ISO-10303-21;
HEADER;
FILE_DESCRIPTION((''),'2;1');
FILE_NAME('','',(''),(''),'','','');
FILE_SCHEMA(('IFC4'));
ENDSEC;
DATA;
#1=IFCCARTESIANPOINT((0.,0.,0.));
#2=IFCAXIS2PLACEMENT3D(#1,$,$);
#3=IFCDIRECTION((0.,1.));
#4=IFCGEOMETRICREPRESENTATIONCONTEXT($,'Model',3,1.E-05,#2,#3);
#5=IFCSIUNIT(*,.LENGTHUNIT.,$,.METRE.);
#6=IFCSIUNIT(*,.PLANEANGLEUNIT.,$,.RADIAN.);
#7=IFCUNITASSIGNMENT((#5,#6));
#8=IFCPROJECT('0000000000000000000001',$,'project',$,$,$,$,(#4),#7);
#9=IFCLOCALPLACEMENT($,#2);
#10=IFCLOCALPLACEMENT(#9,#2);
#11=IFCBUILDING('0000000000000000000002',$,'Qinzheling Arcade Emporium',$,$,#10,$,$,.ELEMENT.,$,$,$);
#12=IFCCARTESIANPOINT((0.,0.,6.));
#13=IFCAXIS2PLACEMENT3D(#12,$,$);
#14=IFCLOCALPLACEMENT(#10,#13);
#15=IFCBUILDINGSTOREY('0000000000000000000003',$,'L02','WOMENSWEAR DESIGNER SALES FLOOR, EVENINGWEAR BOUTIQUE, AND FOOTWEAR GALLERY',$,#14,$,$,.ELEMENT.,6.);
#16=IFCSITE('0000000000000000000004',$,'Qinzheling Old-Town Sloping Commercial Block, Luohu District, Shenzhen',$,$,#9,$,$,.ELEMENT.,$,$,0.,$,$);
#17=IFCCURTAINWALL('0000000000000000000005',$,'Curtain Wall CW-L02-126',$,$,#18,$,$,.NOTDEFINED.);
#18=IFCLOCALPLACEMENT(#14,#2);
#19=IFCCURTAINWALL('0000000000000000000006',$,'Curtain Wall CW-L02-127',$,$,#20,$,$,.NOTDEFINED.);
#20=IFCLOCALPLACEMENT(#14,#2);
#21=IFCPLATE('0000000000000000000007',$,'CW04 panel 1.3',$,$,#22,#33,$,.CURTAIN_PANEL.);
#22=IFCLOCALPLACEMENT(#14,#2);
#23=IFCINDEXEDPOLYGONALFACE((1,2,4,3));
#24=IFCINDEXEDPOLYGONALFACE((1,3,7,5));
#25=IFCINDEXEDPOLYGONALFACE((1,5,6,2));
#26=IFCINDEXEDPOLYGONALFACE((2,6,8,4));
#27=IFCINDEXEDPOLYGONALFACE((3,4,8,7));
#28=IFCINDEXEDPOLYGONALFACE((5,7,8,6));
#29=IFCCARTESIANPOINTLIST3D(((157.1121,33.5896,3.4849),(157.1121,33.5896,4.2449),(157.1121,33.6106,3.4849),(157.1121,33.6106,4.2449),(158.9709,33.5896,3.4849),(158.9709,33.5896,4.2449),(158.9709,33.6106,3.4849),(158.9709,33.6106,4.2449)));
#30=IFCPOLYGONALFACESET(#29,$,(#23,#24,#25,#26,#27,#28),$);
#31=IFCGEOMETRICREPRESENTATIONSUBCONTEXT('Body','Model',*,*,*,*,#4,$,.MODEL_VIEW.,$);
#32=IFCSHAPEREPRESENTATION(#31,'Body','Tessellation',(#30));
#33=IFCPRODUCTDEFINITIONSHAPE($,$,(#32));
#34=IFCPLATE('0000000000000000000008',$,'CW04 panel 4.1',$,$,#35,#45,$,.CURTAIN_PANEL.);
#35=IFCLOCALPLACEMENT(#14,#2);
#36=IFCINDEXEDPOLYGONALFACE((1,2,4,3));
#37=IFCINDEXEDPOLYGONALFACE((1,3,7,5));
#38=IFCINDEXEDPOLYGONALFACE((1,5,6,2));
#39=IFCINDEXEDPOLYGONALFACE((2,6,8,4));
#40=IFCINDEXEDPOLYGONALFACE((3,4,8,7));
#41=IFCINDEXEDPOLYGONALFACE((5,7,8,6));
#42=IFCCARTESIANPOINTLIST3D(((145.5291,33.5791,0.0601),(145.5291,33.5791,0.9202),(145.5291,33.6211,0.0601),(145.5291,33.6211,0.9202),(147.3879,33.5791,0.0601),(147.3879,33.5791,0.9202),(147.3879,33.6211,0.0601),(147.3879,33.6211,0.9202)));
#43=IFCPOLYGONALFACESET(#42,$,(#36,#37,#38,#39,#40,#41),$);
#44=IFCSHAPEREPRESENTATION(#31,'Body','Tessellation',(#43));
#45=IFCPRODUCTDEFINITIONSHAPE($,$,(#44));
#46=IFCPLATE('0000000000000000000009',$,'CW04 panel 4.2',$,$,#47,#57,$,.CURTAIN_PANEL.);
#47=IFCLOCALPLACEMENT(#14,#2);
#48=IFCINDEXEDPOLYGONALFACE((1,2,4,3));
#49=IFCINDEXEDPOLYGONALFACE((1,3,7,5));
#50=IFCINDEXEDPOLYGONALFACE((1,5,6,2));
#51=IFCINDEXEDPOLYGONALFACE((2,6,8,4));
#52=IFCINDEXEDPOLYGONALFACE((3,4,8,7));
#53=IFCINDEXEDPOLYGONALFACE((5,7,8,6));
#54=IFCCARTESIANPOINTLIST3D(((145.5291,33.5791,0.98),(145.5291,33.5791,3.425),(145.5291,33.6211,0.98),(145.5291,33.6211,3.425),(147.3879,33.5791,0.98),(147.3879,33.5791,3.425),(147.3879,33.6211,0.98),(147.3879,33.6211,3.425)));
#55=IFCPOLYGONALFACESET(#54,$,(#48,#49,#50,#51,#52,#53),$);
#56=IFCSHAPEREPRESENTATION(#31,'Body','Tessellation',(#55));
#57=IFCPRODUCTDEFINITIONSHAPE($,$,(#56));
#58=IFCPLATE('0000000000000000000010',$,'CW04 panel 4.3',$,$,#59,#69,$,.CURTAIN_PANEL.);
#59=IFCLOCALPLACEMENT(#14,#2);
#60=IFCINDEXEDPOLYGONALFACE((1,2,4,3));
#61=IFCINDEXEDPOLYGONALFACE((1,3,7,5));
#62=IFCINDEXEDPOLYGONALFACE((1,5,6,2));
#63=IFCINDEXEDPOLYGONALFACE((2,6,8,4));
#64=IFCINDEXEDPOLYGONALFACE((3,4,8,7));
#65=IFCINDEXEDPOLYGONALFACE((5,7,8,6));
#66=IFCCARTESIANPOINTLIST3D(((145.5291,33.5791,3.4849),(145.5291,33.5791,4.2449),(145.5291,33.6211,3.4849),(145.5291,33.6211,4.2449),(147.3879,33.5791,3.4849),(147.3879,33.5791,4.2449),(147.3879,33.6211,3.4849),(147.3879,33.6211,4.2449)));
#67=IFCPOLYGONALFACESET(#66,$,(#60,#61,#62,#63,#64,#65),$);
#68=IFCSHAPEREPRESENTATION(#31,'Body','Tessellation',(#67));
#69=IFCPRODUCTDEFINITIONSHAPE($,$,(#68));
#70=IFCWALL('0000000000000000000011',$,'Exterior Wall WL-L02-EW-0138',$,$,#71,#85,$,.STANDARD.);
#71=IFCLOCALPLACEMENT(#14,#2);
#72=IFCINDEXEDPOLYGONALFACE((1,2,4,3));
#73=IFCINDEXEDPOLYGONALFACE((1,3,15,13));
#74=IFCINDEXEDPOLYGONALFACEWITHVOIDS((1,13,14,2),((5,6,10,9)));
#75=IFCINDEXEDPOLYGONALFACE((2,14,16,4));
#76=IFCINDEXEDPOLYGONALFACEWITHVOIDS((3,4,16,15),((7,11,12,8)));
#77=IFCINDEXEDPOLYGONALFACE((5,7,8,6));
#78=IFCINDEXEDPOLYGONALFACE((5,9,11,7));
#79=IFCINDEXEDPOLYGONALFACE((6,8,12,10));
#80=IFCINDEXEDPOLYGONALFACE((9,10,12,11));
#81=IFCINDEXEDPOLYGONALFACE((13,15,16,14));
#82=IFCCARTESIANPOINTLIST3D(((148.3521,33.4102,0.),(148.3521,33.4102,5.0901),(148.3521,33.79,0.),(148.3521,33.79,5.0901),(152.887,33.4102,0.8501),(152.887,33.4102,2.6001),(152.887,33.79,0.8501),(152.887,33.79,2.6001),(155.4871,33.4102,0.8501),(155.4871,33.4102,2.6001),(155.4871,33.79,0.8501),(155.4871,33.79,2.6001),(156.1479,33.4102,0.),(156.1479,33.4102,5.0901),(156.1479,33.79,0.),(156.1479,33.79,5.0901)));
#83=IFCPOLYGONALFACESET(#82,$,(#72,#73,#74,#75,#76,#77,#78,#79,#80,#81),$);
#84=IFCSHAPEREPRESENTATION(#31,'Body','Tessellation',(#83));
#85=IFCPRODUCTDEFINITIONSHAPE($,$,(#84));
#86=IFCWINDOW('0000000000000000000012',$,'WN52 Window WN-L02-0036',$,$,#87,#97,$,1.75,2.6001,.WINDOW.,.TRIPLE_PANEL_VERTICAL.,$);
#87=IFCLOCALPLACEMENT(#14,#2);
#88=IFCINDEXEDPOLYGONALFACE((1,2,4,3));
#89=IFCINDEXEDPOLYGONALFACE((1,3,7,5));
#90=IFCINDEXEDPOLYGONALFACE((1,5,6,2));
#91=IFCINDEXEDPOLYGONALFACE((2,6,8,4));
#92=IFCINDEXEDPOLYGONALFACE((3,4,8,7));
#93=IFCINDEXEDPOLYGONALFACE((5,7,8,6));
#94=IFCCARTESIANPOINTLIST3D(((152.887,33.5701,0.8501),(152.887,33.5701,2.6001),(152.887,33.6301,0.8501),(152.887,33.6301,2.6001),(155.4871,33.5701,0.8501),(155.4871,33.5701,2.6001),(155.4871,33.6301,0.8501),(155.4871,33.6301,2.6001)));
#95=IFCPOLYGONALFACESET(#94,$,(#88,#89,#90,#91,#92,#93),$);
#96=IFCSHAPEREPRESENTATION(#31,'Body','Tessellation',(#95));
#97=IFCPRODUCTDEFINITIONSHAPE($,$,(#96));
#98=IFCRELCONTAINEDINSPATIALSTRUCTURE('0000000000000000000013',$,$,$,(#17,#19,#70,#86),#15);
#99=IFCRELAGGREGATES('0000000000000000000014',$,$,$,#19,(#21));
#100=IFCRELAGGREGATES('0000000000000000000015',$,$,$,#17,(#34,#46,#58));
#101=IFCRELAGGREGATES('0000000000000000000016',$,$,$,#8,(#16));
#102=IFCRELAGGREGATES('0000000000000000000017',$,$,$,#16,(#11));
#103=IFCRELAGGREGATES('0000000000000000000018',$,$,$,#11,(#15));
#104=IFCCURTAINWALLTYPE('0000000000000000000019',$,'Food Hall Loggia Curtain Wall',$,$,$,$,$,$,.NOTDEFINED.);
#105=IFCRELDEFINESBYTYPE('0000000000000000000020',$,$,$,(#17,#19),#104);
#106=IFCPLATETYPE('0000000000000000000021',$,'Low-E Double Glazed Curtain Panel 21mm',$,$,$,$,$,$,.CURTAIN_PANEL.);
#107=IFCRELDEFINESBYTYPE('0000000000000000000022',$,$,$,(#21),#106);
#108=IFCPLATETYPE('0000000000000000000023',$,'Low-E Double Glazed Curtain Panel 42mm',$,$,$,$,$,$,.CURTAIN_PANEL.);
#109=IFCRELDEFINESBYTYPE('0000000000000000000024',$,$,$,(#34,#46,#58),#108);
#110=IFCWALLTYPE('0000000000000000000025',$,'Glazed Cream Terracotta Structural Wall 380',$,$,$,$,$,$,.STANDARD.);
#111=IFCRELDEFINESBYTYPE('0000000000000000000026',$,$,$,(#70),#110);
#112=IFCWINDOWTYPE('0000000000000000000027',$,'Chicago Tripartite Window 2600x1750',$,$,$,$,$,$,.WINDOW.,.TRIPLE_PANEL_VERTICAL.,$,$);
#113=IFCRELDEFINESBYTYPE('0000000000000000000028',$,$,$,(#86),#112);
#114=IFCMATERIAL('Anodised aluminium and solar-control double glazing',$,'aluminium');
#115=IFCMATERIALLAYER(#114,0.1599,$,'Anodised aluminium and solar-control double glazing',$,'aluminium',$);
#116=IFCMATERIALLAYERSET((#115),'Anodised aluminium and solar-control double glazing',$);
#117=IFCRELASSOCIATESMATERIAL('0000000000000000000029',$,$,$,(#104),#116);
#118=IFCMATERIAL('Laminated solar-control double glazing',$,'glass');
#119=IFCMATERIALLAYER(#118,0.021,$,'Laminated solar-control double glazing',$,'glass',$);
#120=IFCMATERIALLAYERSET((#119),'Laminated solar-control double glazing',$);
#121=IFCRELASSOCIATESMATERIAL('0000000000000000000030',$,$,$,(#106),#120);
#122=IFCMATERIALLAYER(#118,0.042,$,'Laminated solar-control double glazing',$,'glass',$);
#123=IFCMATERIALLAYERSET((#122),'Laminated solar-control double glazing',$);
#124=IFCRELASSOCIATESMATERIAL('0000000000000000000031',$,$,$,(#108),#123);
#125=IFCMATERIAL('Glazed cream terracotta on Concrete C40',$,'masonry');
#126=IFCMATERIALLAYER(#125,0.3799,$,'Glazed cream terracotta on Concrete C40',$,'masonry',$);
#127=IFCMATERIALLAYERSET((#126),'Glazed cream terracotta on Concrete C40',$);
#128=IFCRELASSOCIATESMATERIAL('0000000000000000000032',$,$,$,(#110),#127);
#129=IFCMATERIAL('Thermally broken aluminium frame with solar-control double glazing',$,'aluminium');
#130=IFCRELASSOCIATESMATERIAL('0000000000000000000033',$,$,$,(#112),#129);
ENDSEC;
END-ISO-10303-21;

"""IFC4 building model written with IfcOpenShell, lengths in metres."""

from ifc_helpers import new_model, si_unit, direction, frame, frame_2d, origin, origin_2d, place, context, subcontext, project, spatial, rectangle, extrude, material, layer, layer_set, type_object, element, fill, aggregate, save


model = new_model("IFC4")

# Units and contexts
model_context = context("Model", 3, precision=1e-05, world=origin(), true_north=direction((0.0, 1.0)))
body_context = subcontext(model_context, "Body", "Model", "MODEL_VIEW")
ifc_project = project(units=[si_unit("LENGTHUNIT", "METRE"), si_unit("PLANEANGLEUNIT", "RADIAN")], contexts=[model_context])

# Site, building, storey
site_placement = place(None, origin())
site = spatial("IfcSite", under=ifc_project, at=site_placement, Name="Qinzheling Old-Town Sloping Commercial Block, Luohu District, Shenzhen", CompositionType="ELEMENT", RefElevation=0.0)
building_placement = place(site_placement, origin())
building = spatial("IfcBuilding", under=site, at=building_placement, Name="Qinzheling Arcade Emporium", CompositionType="ELEMENT")
storey_placement = place(building_placement, frame((0.0, 0.0, 6.0)))
storey = spatial("IfcBuildingStorey", under=building, at=storey_placement, Name="L02", Description="WOMENSWEAR DESIGNER SALES FLOOR, EVENINGWEAR BOUTIQUE, AND FOOTWEAR GALLERY", CompositionType="ELEMENT", Elevation=6.0)

# Curtain wall
ifc_material_1 = material(Name="Anodised aluminium and solar-control double glazing", Category="aluminium")
ifc_layer_1 = layer(ifc_material_1, 0.1599, Name="Anodised aluminium and solar-control double glazing", Category="aluminium")
ifc_layer_set_1 = layer_set([ifc_layer_1], Name="Anodised aluminium and solar-control double glazing")
curtain_wall_type = type_object("IfcCurtainWallType", Name="Food Hall Loggia Curtain Wall", PredefinedType="NOTDEFINED", material=ifc_layer_set_1)
curtain_wall_1_placement = place(storey_placement, origin())
curtain_wall_1 = element("IfcCurtainWall", 1, at=curtain_wall_1_placement, inside=storey, type_object=curtain_wall_type, Name="Curtain Wall CW-L02-126", PredefinedType="NOTDEFINED")

# Curtain wall
curtain_wall_2_placement = place(storey_placement, origin())
curtain_wall_2 = element("IfcCurtainWall", 2, at=curtain_wall_2_placement, inside=storey, type_object=curtain_wall_type, Name="Curtain Wall CW-L02-127", PredefinedType="NOTDEFINED")

# Plates
ifc_material_2 = material(Name="Laminated solar-control double glazing", Category="glass")
ifc_layer_2 = layer(ifc_material_2, 0.021, Name="Laminated solar-control double glazing", Category="glass")
ifc_layer_set_2 = layer_set([ifc_layer_2], Name="Laminated solar-control double glazing")
plate_type_1 = type_object("IfcPlateType", Name="Low-E Double Glazed Curtain Panel 21mm", PredefinedType="CURTAIN_PANEL", material=ifc_layer_set_2)
plate_1_placement = place(storey_placement, frame((158.0415, 33.6001, 3.4849), z_axis=(0.0, 0.0, 1.0), x_axis=(1.0, 0.0, 0.0)))
plate_1 = element("IfcPlate", 3, at=plate_1_placement, type_object=plate_type_1, Name="CW04 panel 1.3", PredefinedType="CURTAIN_PANEL", context=body_context, shape_type="SweptSolid", body=[
    extrude(rectangle(XDim=1.8589, YDim=0.021, at=origin_2d()), origin(), (0.0, 0.0, 1.0), 0.76),
])
aggregate(curtain_wall_2, [plate_1])
ifc_layer_3 = layer(ifc_material_2, 0.042, Name="Laminated solar-control double glazing", Category="glass")
ifc_layer_set_3 = layer_set([ifc_layer_3], Name="Laminated solar-control double glazing")
plate_type_2 = type_object("IfcPlateType", Name="Low-E Double Glazed Curtain Panel 42mm", PredefinedType="CURTAIN_PANEL", material=ifc_layer_set_3)
plate_2_placement = place(storey_placement, frame((146.4585, 33.6001, 0.0601), z_axis=(0.0, 0.0, 1.0), x_axis=(1.0, 0.0, 0.0)))
plate_2 = element("IfcPlate", 4, at=plate_2_placement, type_object=plate_type_2, Name="CW04 panel 4.1", PredefinedType="CURTAIN_PANEL", context=body_context, shape_type="SweptSolid", body=[
    extrude(rectangle(XDim=1.8589, YDim=0.042, at=origin_2d()), origin(), (0.0, 0.0, 1.0), 0.8601),
])
plate_3_placement = place(storey_placement, frame((146.4585, 33.6001, 0.98), z_axis=(0.0, 0.0, 1.0), x_axis=(1.0, 0.0, 0.0)))
plate_3 = element("IfcPlate", 5, at=plate_3_placement, type_object=plate_type_2, Name="CW04 panel 4.2", PredefinedType="CURTAIN_PANEL", context=body_context, shape_type="SweptSolid", body=[
    extrude(rectangle(XDim=1.8589, YDim=0.042, at=origin_2d()), origin(), (0.0, 0.0, 1.0), 2.4451),
])
plate_4_placement = place(storey_placement, frame((146.4585, 33.6001, 3.4849), z_axis=(0.0, 0.0, 1.0), x_axis=(1.0, 0.0, 0.0)))
plate_4 = element("IfcPlate", 6, at=plate_4_placement, type_object=plate_type_2, Name="CW04 panel 4.3", PredefinedType="CURTAIN_PANEL", context=body_context, shape_type="SweptSolid", body=[
    extrude(rectangle(XDim=1.8589, YDim=0.042, at=origin_2d()), origin(), (0.0, 0.0, 1.0), 0.76),
])
aggregate(curtain_wall_1, [plate_2, plate_3, plate_4])

# Wall, opening, window
ifc_material_3 = material(Name="Glazed cream terracotta on Concrete C40", Category="masonry")
ifc_layer_4 = layer(ifc_material_3, 0.3799, Name="Glazed cream terracotta on Concrete C40", Category="masonry")
ifc_layer_set_4 = layer_set([ifc_layer_4], Name="Glazed cream terracotta on Concrete C40")
wall_type = type_object("IfcWallType", Name="Glazed Cream Terracotta Structural Wall 380", PredefinedType="STANDARD", material=ifc_layer_set_4)
wall_placement = place(storey_placement, frame((148.3521, 33.6001, 0.0), z_axis=(0.0, 0.0, 1.0), x_axis=(1.0, 0.0, 0.0)))
wall = element("IfcWall", 7, at=wall_placement, inside=storey, type_object=wall_type, Name="Exterior Wall WL-L02-EW-0138", PredefinedType="STANDARD", context=body_context, shape_type="SweptSolid", body=[
    extrude(rectangle(XDim=7.7959, YDim=0.3799, at=frame_2d((3.8979, 0.0))), origin(), (0.0, 0.0, 1.0), 5.0901),
])
opening_placement = place(wall_placement, frame((4.5349, 0.0, 0.8501)))
opening = element("IfcOpeningElement", 8, at=opening_placement, cuts=wall, PredefinedType="OPENING", context=body_context, shape_type="SweptSolid", body=[
    extrude(rectangle(XDim=2.6001, YDim=1.75, at=frame_2d((1.3, 0.875))), frame((0.0, 0.2, 0.0), z_axis=(0.0, -1.0, 0.0), x_axis=(1.0, 0.0, 0.0)), (0.0, 0.0, 1.0), 0.3999),
])
ifc_material_4 = material(Name="Thermally broken aluminium frame with solar-control double glazing", Category="aluminium")
window_type = type_object("IfcWindowType", Name="Chicago Tripartite Window 2600x1750", PartitioningType="TRIPLE_PANEL_VERTICAL", PredefinedType="WINDOW", material=ifc_material_4)
window_placement = place(opening_placement, origin())
window = element("IfcWindow", 9, at=window_placement, inside=storey, type_object=window_type, Name="WN52 Window WN-L02-0036", OverallHeight=1.75, OverallWidth=2.6001, PartitioningType="TRIPLE_PANEL_VERTICAL", PredefinedType="WINDOW", context=body_context, shape_type="SweptSolid", body=[
    extrude(rectangle(XDim=2.6001, YDim=1.75, at=frame_2d((1.3, 0.875))), frame((0.0, 0.03, 0.0), z_axis=(0.0, -1.0, 0.0), x_axis=(1.0, 0.0, 0.0)), (0.0, 0.0, 1.0), 0.0601),
])
fill(opening, window)

save(model, "model.ifc")
